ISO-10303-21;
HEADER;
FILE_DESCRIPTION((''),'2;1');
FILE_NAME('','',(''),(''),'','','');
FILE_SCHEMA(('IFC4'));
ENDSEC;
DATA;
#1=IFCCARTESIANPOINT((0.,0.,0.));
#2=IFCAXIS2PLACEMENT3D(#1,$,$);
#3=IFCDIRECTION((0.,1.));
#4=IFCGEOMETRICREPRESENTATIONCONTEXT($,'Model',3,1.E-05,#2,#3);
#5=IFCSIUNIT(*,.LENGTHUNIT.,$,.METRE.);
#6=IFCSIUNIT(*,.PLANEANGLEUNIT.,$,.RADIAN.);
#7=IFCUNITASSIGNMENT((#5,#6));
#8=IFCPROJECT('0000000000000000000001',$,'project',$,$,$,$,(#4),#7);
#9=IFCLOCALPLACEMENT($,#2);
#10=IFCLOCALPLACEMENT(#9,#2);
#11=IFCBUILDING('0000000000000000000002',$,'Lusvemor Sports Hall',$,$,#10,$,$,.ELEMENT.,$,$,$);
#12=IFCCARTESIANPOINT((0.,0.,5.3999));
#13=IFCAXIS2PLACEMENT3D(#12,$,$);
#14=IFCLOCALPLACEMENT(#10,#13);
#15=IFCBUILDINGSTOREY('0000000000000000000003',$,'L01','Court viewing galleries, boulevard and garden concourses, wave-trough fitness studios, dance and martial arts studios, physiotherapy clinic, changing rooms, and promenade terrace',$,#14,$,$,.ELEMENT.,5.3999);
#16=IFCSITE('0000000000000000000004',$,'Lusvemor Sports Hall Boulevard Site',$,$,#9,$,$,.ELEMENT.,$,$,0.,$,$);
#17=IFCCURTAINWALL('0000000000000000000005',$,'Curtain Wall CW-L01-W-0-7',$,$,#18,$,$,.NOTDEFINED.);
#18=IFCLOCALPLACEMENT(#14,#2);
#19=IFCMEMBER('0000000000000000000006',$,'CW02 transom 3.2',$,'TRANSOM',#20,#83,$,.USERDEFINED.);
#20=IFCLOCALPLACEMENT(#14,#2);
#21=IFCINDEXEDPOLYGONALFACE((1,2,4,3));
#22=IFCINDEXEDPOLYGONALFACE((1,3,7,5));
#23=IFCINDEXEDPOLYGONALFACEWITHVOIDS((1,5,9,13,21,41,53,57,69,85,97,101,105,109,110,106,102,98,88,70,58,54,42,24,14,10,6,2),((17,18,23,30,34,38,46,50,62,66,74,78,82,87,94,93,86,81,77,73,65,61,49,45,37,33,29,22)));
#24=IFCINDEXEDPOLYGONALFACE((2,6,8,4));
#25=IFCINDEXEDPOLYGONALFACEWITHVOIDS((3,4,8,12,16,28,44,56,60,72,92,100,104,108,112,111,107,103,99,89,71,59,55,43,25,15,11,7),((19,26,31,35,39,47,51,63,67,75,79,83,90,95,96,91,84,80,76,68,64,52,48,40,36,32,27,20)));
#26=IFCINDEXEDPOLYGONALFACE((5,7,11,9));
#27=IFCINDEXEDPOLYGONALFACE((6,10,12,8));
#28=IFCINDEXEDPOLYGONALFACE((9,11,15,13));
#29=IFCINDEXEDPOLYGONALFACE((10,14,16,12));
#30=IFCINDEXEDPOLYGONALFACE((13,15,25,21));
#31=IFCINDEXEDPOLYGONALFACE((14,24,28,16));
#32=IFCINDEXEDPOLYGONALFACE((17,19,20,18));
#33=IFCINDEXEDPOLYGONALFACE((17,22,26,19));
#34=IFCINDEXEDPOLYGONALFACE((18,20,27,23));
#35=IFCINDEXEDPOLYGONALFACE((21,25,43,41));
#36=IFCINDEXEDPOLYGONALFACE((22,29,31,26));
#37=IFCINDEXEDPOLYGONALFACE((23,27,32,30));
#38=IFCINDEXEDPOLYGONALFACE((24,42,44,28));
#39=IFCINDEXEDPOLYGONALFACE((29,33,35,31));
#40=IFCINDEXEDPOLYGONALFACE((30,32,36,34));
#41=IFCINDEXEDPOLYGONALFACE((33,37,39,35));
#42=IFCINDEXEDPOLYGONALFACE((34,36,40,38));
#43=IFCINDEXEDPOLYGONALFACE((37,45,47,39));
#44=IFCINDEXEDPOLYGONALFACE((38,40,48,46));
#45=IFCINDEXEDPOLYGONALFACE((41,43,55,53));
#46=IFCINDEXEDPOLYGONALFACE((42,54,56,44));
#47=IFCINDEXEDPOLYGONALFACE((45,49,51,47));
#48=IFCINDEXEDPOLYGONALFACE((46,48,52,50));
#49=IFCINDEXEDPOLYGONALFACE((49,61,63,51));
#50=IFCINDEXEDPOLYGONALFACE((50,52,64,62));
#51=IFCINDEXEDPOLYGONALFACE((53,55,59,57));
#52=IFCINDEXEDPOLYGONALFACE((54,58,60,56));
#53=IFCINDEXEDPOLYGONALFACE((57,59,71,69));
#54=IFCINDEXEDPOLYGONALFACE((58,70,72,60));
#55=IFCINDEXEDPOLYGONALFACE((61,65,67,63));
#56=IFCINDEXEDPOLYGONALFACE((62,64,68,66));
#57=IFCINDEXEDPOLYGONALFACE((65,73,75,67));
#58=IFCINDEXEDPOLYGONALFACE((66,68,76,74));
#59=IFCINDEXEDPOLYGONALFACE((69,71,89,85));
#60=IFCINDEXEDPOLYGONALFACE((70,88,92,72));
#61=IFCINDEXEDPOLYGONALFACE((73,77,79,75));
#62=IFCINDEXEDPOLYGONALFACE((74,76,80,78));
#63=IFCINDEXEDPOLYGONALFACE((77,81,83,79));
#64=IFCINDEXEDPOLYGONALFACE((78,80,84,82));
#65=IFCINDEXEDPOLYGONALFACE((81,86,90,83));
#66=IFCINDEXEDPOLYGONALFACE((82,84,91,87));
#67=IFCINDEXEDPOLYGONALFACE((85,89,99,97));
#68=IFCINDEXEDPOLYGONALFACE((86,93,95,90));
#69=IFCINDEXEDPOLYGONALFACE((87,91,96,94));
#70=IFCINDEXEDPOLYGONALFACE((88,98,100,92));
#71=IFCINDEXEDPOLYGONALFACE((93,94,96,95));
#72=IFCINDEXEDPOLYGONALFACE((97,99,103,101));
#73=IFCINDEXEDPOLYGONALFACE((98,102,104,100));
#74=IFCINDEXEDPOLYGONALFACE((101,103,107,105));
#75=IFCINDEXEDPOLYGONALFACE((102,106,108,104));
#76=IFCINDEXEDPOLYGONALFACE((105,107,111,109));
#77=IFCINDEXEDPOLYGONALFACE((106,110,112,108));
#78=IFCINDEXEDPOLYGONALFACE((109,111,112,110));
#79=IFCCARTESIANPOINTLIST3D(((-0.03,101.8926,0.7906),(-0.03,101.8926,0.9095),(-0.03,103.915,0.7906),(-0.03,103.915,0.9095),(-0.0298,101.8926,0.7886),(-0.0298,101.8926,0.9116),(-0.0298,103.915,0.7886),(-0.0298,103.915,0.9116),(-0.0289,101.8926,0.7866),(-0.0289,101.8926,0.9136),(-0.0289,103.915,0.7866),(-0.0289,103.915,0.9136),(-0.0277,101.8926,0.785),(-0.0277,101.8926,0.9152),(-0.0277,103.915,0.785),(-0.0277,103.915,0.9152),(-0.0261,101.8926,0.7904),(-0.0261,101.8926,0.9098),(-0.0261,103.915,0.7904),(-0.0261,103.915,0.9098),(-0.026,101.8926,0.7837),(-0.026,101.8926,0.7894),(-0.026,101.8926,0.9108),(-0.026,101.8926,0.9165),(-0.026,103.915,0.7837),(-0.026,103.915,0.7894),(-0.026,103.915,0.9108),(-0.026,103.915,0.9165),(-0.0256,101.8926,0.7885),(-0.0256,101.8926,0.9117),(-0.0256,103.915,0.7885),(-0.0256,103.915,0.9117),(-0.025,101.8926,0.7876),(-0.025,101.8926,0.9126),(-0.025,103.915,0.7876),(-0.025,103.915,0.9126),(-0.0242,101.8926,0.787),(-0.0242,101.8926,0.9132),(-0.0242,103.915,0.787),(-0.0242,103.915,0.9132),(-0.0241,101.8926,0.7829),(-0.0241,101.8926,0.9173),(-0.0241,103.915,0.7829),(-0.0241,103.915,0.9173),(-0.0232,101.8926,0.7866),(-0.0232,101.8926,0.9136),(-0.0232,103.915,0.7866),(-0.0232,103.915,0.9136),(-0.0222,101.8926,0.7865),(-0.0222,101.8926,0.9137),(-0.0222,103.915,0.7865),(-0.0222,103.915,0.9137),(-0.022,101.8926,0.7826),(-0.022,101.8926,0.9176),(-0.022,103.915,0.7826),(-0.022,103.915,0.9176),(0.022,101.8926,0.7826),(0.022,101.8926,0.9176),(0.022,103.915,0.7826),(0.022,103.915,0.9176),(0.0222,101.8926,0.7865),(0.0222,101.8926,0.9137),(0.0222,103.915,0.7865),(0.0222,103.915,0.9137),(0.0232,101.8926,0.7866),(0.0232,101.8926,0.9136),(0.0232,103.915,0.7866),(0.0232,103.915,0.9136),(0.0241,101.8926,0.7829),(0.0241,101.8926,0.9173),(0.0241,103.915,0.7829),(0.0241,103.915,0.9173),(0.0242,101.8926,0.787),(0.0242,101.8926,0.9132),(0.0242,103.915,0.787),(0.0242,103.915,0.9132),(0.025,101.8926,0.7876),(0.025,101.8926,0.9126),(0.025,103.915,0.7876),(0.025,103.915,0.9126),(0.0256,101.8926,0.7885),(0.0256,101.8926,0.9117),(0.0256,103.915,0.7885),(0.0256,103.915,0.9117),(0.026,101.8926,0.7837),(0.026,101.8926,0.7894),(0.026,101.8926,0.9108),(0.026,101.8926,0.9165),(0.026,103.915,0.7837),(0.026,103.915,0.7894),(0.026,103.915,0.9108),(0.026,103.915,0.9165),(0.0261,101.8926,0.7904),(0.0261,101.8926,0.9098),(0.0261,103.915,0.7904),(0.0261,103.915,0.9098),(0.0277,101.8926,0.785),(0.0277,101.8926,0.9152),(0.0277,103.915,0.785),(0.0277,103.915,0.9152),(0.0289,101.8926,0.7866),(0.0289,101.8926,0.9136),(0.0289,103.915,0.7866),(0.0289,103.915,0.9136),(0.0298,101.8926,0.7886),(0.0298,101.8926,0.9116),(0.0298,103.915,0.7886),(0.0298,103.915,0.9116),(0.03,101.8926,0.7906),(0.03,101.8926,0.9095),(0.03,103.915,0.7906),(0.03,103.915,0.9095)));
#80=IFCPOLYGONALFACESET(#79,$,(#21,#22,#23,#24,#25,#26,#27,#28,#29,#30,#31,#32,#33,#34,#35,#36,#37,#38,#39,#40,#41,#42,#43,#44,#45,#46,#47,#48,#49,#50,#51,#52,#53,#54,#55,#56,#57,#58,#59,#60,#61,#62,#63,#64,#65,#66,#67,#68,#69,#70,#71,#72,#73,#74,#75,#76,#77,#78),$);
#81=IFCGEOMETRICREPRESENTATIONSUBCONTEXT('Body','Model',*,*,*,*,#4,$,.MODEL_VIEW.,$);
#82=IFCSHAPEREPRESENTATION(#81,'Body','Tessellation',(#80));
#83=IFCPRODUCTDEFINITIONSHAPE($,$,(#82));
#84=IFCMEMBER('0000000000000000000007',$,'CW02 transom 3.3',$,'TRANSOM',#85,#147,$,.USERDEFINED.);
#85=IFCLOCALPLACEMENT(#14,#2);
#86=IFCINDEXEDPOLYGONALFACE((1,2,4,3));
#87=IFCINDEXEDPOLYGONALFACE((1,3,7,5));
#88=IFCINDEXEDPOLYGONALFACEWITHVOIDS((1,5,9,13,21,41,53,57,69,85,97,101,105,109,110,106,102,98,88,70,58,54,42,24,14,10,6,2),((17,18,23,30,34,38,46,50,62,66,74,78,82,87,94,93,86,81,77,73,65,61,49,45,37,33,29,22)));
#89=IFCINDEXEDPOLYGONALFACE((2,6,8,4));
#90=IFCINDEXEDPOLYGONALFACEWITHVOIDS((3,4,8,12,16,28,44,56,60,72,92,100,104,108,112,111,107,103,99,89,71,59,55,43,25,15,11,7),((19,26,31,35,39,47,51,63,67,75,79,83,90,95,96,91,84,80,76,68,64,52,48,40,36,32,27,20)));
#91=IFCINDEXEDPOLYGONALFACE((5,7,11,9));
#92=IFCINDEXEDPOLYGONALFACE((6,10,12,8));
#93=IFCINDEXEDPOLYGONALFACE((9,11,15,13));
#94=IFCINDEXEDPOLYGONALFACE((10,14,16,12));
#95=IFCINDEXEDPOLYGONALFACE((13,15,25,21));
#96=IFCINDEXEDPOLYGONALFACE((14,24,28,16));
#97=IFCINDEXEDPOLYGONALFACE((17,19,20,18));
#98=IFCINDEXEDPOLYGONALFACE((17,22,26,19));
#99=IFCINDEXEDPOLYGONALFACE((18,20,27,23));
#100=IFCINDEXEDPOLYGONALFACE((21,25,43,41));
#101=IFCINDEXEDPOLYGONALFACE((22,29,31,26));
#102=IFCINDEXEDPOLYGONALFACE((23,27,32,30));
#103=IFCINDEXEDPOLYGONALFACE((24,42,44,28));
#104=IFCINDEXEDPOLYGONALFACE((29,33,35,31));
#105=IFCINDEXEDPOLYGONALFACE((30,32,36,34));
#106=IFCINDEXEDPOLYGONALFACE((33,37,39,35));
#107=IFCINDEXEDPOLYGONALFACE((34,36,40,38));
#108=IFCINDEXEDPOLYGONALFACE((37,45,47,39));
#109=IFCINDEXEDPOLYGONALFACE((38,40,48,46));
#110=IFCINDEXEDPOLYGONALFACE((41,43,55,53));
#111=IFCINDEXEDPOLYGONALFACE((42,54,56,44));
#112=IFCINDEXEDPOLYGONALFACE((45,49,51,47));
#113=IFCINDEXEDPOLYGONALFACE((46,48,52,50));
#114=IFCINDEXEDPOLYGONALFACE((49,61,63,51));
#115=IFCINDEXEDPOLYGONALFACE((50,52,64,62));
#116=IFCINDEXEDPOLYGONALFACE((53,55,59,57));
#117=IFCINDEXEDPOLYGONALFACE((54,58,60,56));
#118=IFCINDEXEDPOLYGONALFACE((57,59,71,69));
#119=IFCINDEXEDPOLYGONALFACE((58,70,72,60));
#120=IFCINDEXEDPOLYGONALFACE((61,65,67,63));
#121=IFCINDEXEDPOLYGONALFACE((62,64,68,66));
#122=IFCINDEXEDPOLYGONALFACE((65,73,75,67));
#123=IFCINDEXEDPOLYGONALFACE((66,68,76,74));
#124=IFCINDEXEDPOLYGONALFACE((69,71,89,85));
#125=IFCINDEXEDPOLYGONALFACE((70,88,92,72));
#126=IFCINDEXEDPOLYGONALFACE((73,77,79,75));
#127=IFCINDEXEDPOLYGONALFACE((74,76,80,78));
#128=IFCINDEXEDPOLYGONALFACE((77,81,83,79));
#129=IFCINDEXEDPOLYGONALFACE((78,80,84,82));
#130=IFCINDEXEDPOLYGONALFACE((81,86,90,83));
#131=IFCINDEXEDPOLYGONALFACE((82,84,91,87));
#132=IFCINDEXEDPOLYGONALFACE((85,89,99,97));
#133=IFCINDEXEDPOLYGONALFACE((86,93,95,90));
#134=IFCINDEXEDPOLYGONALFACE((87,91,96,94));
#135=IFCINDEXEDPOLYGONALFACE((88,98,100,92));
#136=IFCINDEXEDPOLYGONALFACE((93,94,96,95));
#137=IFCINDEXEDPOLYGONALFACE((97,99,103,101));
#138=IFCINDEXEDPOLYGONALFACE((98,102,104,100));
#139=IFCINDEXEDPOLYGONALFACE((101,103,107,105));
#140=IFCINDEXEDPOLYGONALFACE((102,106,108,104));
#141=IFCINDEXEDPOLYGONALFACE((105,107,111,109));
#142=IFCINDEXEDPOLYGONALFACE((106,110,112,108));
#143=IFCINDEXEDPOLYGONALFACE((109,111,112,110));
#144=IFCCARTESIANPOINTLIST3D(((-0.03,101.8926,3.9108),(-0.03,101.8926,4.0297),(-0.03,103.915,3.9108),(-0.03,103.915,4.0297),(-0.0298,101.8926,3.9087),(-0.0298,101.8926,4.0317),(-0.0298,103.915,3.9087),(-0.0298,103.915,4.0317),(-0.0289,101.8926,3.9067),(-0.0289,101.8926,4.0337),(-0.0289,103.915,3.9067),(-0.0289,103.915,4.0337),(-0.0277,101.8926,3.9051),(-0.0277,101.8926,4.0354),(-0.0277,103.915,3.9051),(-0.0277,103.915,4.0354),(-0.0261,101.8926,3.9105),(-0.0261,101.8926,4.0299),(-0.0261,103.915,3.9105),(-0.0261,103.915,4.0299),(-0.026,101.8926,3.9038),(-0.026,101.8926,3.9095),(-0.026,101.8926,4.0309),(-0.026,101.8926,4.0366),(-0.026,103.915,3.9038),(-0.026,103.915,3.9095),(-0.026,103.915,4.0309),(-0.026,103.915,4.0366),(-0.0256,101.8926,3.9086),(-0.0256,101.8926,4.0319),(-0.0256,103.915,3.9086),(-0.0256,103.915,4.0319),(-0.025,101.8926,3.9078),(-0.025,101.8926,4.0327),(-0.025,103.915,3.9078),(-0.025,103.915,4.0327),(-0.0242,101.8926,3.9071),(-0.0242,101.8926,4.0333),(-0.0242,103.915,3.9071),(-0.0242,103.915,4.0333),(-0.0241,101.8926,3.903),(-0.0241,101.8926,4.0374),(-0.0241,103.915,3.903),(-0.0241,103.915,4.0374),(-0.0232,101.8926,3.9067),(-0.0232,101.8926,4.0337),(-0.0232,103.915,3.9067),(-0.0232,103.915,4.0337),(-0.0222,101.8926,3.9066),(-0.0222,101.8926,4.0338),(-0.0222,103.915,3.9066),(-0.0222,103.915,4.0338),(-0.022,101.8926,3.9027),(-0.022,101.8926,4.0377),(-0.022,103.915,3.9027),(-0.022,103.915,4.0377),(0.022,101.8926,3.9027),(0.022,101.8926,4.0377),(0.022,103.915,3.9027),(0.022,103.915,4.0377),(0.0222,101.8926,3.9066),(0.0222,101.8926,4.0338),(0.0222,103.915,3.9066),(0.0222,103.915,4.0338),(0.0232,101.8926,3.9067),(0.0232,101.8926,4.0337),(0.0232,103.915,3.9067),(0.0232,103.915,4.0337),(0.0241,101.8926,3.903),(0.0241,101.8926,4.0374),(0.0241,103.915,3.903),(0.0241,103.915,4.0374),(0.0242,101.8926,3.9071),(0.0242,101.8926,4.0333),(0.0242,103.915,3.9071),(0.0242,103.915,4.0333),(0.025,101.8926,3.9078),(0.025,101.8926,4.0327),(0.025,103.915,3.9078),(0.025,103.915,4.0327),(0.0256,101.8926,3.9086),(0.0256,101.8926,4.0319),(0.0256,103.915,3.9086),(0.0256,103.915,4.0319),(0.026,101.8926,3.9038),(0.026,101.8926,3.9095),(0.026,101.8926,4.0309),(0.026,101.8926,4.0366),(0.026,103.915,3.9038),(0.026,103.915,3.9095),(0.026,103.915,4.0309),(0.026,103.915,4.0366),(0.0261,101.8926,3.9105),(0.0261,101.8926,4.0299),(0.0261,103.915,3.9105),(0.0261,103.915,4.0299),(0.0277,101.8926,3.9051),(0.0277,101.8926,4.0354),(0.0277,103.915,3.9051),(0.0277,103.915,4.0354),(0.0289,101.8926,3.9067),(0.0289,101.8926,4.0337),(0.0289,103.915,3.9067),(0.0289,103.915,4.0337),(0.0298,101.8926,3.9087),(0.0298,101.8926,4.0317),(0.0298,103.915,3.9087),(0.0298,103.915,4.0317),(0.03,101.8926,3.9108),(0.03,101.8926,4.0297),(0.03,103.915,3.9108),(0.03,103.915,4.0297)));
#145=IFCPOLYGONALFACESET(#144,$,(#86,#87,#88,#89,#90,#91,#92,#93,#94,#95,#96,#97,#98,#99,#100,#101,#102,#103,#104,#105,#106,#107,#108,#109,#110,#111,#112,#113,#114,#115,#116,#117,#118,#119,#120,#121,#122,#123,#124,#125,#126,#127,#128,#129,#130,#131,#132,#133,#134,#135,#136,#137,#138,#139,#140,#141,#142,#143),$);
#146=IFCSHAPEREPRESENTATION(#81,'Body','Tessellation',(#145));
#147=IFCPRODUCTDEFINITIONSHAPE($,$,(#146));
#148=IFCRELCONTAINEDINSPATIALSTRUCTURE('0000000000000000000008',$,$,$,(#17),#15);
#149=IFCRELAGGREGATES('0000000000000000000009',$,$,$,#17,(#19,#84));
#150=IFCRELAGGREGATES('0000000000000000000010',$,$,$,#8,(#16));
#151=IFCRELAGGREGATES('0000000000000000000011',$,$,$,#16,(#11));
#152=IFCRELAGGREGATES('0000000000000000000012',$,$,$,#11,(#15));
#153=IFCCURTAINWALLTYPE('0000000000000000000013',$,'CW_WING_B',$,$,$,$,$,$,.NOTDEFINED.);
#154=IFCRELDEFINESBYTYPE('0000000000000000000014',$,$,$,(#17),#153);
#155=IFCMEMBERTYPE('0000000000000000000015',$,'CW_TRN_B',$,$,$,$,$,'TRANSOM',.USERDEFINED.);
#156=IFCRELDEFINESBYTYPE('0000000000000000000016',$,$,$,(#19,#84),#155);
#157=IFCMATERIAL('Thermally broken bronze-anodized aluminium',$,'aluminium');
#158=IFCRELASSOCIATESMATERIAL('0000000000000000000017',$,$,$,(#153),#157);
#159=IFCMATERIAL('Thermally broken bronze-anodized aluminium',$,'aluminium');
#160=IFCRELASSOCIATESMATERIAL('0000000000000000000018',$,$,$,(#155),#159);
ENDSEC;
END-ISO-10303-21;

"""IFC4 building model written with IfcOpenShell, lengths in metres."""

from ifc_helpers import new_model, si_unit, direction, frame, origin, origin_2d, place, context, subcontext, project, spatial, hollow_rectangle, extrude, material, material_profile, profile_set, type_object, element, aggregate, save


model = new_model("IFC4")

# Units and contexts
model_context = context("Model", 3, precision=1e-05, world=origin(), true_north=direction((0.0, 1.0)))
body_context = subcontext(model_context, "Body", "Model", "MODEL_VIEW")
ifc_project = project(units=[si_unit("LENGTHUNIT", "METRE"), si_unit("PLANEANGLEUNIT", "RADIAN")], contexts=[model_context])

# Site, building, storey
site_placement = place(None, origin())
site = spatial("IfcSite", under=ifc_project, at=site_placement, Name="Lusvemor Sports Hall Boulevard Site", CompositionType="ELEMENT", RefElevation=0.0)
building_placement = place(site_placement, origin())
building = spatial("IfcBuilding", under=site, at=building_placement, Name="Lusvemor Sports Hall", CompositionType="ELEMENT")
storey_placement = place(building_placement, frame((0.0, 0.0, 5.3999)))
storey = spatial("IfcBuildingStorey", under=building, at=storey_placement, Name="L01", Description="Court viewing galleries, boulevard and garden concourses, wave-trough fitness studios, dance and martial arts studios, physiotherapy clinic, changing rooms, and promenade terrace", CompositionType="ELEMENT", Elevation=5.3999)

# Curtain wall, members
ifc_material_1 = material(Name="Thermally broken bronze-anodized aluminium", Category="aluminium")
curtain_wall_type = type_object("IfcCurtainWallType", Name="CW_WING_B", PredefinedType="NOTDEFINED", material=ifc_material_1)
curtain_wall_placement = place(storey_placement, origin())
curtain_wall = element("IfcCurtainWall", 1, at=curtain_wall_placement, inside=storey, type_object=curtain_wall_type, Name="Curtain Wall CW-L01-W-0-7", PredefinedType="NOTDEFINED")
ifc_material_2 = material(Name="Thermally broken bronze-anodized aluminium", Category="aluminium")
ifc_material_profile_1 = material_profile(ifc_material_2, hollow_rectangle(XDim=0.0601, YDim=0.135, WallThickness=0.0039, InnerFilletRadius=0.0039, OuterFilletRadius=0.0081, at=origin_2d()), Name="CWTRN135x60x4")
ifc_profile_set_1 = profile_set([ifc_material_profile_1], Name="Thermally broken bronze-anodized aluminium")
member_type_1 = type_object("IfcMemberType", Name="CW_TRN_B", ElementType="TRANSOM", PredefinedType="USERDEFINED", material=ifc_profile_set_1)
member_1_placement = place(storey_placement, frame((0.0, 101.8926, 0.8501), z_axis=(0.0, 1.0, 0.0), x_axis=(-1.0, 0.0, 0.0)))
member_1 = element("IfcMember", 2, at=member_1_placement, type_object=member_type_1, Name="CW02 transom 3.2", ObjectType="TRANSOM", PredefinedType="USERDEFINED", context=body_context, shape_type="SweptSolid", body=[
    extrude(hollow_rectangle(XDim=0.0601, YDim=0.135, WallThickness=0.0039, InnerFilletRadius=0.0039, OuterFilletRadius=0.0081, at=origin_2d()), origin(), (0.0, 0.0, 1.0), 2.0225),
])
member_2_placement = place(storey_placement, frame((0.0, 101.8926, 3.9702), z_axis=(0.0, 1.0, 0.0), x_axis=(-1.0, 0.0, 0.0)))
member_2 = element("IfcMember", 3, at=member_2_placement, type_object=member_type_1, Name="CW02 transom 3.3", ObjectType="TRANSOM", PredefinedType="USERDEFINED", context=body_context, shape_type="SweptSolid", body=[
    extrude(hollow_rectangle(XDim=0.0601, YDim=0.135, WallThickness=0.0039, InnerFilletRadius=0.0039, OuterFilletRadius=0.0081, at=origin_2d()), origin(), (0.0, 0.0, 1.0), 2.0225),
])

aggregate(curtain_wall, [member_1, member_2])

save(model, "model.ifc")
